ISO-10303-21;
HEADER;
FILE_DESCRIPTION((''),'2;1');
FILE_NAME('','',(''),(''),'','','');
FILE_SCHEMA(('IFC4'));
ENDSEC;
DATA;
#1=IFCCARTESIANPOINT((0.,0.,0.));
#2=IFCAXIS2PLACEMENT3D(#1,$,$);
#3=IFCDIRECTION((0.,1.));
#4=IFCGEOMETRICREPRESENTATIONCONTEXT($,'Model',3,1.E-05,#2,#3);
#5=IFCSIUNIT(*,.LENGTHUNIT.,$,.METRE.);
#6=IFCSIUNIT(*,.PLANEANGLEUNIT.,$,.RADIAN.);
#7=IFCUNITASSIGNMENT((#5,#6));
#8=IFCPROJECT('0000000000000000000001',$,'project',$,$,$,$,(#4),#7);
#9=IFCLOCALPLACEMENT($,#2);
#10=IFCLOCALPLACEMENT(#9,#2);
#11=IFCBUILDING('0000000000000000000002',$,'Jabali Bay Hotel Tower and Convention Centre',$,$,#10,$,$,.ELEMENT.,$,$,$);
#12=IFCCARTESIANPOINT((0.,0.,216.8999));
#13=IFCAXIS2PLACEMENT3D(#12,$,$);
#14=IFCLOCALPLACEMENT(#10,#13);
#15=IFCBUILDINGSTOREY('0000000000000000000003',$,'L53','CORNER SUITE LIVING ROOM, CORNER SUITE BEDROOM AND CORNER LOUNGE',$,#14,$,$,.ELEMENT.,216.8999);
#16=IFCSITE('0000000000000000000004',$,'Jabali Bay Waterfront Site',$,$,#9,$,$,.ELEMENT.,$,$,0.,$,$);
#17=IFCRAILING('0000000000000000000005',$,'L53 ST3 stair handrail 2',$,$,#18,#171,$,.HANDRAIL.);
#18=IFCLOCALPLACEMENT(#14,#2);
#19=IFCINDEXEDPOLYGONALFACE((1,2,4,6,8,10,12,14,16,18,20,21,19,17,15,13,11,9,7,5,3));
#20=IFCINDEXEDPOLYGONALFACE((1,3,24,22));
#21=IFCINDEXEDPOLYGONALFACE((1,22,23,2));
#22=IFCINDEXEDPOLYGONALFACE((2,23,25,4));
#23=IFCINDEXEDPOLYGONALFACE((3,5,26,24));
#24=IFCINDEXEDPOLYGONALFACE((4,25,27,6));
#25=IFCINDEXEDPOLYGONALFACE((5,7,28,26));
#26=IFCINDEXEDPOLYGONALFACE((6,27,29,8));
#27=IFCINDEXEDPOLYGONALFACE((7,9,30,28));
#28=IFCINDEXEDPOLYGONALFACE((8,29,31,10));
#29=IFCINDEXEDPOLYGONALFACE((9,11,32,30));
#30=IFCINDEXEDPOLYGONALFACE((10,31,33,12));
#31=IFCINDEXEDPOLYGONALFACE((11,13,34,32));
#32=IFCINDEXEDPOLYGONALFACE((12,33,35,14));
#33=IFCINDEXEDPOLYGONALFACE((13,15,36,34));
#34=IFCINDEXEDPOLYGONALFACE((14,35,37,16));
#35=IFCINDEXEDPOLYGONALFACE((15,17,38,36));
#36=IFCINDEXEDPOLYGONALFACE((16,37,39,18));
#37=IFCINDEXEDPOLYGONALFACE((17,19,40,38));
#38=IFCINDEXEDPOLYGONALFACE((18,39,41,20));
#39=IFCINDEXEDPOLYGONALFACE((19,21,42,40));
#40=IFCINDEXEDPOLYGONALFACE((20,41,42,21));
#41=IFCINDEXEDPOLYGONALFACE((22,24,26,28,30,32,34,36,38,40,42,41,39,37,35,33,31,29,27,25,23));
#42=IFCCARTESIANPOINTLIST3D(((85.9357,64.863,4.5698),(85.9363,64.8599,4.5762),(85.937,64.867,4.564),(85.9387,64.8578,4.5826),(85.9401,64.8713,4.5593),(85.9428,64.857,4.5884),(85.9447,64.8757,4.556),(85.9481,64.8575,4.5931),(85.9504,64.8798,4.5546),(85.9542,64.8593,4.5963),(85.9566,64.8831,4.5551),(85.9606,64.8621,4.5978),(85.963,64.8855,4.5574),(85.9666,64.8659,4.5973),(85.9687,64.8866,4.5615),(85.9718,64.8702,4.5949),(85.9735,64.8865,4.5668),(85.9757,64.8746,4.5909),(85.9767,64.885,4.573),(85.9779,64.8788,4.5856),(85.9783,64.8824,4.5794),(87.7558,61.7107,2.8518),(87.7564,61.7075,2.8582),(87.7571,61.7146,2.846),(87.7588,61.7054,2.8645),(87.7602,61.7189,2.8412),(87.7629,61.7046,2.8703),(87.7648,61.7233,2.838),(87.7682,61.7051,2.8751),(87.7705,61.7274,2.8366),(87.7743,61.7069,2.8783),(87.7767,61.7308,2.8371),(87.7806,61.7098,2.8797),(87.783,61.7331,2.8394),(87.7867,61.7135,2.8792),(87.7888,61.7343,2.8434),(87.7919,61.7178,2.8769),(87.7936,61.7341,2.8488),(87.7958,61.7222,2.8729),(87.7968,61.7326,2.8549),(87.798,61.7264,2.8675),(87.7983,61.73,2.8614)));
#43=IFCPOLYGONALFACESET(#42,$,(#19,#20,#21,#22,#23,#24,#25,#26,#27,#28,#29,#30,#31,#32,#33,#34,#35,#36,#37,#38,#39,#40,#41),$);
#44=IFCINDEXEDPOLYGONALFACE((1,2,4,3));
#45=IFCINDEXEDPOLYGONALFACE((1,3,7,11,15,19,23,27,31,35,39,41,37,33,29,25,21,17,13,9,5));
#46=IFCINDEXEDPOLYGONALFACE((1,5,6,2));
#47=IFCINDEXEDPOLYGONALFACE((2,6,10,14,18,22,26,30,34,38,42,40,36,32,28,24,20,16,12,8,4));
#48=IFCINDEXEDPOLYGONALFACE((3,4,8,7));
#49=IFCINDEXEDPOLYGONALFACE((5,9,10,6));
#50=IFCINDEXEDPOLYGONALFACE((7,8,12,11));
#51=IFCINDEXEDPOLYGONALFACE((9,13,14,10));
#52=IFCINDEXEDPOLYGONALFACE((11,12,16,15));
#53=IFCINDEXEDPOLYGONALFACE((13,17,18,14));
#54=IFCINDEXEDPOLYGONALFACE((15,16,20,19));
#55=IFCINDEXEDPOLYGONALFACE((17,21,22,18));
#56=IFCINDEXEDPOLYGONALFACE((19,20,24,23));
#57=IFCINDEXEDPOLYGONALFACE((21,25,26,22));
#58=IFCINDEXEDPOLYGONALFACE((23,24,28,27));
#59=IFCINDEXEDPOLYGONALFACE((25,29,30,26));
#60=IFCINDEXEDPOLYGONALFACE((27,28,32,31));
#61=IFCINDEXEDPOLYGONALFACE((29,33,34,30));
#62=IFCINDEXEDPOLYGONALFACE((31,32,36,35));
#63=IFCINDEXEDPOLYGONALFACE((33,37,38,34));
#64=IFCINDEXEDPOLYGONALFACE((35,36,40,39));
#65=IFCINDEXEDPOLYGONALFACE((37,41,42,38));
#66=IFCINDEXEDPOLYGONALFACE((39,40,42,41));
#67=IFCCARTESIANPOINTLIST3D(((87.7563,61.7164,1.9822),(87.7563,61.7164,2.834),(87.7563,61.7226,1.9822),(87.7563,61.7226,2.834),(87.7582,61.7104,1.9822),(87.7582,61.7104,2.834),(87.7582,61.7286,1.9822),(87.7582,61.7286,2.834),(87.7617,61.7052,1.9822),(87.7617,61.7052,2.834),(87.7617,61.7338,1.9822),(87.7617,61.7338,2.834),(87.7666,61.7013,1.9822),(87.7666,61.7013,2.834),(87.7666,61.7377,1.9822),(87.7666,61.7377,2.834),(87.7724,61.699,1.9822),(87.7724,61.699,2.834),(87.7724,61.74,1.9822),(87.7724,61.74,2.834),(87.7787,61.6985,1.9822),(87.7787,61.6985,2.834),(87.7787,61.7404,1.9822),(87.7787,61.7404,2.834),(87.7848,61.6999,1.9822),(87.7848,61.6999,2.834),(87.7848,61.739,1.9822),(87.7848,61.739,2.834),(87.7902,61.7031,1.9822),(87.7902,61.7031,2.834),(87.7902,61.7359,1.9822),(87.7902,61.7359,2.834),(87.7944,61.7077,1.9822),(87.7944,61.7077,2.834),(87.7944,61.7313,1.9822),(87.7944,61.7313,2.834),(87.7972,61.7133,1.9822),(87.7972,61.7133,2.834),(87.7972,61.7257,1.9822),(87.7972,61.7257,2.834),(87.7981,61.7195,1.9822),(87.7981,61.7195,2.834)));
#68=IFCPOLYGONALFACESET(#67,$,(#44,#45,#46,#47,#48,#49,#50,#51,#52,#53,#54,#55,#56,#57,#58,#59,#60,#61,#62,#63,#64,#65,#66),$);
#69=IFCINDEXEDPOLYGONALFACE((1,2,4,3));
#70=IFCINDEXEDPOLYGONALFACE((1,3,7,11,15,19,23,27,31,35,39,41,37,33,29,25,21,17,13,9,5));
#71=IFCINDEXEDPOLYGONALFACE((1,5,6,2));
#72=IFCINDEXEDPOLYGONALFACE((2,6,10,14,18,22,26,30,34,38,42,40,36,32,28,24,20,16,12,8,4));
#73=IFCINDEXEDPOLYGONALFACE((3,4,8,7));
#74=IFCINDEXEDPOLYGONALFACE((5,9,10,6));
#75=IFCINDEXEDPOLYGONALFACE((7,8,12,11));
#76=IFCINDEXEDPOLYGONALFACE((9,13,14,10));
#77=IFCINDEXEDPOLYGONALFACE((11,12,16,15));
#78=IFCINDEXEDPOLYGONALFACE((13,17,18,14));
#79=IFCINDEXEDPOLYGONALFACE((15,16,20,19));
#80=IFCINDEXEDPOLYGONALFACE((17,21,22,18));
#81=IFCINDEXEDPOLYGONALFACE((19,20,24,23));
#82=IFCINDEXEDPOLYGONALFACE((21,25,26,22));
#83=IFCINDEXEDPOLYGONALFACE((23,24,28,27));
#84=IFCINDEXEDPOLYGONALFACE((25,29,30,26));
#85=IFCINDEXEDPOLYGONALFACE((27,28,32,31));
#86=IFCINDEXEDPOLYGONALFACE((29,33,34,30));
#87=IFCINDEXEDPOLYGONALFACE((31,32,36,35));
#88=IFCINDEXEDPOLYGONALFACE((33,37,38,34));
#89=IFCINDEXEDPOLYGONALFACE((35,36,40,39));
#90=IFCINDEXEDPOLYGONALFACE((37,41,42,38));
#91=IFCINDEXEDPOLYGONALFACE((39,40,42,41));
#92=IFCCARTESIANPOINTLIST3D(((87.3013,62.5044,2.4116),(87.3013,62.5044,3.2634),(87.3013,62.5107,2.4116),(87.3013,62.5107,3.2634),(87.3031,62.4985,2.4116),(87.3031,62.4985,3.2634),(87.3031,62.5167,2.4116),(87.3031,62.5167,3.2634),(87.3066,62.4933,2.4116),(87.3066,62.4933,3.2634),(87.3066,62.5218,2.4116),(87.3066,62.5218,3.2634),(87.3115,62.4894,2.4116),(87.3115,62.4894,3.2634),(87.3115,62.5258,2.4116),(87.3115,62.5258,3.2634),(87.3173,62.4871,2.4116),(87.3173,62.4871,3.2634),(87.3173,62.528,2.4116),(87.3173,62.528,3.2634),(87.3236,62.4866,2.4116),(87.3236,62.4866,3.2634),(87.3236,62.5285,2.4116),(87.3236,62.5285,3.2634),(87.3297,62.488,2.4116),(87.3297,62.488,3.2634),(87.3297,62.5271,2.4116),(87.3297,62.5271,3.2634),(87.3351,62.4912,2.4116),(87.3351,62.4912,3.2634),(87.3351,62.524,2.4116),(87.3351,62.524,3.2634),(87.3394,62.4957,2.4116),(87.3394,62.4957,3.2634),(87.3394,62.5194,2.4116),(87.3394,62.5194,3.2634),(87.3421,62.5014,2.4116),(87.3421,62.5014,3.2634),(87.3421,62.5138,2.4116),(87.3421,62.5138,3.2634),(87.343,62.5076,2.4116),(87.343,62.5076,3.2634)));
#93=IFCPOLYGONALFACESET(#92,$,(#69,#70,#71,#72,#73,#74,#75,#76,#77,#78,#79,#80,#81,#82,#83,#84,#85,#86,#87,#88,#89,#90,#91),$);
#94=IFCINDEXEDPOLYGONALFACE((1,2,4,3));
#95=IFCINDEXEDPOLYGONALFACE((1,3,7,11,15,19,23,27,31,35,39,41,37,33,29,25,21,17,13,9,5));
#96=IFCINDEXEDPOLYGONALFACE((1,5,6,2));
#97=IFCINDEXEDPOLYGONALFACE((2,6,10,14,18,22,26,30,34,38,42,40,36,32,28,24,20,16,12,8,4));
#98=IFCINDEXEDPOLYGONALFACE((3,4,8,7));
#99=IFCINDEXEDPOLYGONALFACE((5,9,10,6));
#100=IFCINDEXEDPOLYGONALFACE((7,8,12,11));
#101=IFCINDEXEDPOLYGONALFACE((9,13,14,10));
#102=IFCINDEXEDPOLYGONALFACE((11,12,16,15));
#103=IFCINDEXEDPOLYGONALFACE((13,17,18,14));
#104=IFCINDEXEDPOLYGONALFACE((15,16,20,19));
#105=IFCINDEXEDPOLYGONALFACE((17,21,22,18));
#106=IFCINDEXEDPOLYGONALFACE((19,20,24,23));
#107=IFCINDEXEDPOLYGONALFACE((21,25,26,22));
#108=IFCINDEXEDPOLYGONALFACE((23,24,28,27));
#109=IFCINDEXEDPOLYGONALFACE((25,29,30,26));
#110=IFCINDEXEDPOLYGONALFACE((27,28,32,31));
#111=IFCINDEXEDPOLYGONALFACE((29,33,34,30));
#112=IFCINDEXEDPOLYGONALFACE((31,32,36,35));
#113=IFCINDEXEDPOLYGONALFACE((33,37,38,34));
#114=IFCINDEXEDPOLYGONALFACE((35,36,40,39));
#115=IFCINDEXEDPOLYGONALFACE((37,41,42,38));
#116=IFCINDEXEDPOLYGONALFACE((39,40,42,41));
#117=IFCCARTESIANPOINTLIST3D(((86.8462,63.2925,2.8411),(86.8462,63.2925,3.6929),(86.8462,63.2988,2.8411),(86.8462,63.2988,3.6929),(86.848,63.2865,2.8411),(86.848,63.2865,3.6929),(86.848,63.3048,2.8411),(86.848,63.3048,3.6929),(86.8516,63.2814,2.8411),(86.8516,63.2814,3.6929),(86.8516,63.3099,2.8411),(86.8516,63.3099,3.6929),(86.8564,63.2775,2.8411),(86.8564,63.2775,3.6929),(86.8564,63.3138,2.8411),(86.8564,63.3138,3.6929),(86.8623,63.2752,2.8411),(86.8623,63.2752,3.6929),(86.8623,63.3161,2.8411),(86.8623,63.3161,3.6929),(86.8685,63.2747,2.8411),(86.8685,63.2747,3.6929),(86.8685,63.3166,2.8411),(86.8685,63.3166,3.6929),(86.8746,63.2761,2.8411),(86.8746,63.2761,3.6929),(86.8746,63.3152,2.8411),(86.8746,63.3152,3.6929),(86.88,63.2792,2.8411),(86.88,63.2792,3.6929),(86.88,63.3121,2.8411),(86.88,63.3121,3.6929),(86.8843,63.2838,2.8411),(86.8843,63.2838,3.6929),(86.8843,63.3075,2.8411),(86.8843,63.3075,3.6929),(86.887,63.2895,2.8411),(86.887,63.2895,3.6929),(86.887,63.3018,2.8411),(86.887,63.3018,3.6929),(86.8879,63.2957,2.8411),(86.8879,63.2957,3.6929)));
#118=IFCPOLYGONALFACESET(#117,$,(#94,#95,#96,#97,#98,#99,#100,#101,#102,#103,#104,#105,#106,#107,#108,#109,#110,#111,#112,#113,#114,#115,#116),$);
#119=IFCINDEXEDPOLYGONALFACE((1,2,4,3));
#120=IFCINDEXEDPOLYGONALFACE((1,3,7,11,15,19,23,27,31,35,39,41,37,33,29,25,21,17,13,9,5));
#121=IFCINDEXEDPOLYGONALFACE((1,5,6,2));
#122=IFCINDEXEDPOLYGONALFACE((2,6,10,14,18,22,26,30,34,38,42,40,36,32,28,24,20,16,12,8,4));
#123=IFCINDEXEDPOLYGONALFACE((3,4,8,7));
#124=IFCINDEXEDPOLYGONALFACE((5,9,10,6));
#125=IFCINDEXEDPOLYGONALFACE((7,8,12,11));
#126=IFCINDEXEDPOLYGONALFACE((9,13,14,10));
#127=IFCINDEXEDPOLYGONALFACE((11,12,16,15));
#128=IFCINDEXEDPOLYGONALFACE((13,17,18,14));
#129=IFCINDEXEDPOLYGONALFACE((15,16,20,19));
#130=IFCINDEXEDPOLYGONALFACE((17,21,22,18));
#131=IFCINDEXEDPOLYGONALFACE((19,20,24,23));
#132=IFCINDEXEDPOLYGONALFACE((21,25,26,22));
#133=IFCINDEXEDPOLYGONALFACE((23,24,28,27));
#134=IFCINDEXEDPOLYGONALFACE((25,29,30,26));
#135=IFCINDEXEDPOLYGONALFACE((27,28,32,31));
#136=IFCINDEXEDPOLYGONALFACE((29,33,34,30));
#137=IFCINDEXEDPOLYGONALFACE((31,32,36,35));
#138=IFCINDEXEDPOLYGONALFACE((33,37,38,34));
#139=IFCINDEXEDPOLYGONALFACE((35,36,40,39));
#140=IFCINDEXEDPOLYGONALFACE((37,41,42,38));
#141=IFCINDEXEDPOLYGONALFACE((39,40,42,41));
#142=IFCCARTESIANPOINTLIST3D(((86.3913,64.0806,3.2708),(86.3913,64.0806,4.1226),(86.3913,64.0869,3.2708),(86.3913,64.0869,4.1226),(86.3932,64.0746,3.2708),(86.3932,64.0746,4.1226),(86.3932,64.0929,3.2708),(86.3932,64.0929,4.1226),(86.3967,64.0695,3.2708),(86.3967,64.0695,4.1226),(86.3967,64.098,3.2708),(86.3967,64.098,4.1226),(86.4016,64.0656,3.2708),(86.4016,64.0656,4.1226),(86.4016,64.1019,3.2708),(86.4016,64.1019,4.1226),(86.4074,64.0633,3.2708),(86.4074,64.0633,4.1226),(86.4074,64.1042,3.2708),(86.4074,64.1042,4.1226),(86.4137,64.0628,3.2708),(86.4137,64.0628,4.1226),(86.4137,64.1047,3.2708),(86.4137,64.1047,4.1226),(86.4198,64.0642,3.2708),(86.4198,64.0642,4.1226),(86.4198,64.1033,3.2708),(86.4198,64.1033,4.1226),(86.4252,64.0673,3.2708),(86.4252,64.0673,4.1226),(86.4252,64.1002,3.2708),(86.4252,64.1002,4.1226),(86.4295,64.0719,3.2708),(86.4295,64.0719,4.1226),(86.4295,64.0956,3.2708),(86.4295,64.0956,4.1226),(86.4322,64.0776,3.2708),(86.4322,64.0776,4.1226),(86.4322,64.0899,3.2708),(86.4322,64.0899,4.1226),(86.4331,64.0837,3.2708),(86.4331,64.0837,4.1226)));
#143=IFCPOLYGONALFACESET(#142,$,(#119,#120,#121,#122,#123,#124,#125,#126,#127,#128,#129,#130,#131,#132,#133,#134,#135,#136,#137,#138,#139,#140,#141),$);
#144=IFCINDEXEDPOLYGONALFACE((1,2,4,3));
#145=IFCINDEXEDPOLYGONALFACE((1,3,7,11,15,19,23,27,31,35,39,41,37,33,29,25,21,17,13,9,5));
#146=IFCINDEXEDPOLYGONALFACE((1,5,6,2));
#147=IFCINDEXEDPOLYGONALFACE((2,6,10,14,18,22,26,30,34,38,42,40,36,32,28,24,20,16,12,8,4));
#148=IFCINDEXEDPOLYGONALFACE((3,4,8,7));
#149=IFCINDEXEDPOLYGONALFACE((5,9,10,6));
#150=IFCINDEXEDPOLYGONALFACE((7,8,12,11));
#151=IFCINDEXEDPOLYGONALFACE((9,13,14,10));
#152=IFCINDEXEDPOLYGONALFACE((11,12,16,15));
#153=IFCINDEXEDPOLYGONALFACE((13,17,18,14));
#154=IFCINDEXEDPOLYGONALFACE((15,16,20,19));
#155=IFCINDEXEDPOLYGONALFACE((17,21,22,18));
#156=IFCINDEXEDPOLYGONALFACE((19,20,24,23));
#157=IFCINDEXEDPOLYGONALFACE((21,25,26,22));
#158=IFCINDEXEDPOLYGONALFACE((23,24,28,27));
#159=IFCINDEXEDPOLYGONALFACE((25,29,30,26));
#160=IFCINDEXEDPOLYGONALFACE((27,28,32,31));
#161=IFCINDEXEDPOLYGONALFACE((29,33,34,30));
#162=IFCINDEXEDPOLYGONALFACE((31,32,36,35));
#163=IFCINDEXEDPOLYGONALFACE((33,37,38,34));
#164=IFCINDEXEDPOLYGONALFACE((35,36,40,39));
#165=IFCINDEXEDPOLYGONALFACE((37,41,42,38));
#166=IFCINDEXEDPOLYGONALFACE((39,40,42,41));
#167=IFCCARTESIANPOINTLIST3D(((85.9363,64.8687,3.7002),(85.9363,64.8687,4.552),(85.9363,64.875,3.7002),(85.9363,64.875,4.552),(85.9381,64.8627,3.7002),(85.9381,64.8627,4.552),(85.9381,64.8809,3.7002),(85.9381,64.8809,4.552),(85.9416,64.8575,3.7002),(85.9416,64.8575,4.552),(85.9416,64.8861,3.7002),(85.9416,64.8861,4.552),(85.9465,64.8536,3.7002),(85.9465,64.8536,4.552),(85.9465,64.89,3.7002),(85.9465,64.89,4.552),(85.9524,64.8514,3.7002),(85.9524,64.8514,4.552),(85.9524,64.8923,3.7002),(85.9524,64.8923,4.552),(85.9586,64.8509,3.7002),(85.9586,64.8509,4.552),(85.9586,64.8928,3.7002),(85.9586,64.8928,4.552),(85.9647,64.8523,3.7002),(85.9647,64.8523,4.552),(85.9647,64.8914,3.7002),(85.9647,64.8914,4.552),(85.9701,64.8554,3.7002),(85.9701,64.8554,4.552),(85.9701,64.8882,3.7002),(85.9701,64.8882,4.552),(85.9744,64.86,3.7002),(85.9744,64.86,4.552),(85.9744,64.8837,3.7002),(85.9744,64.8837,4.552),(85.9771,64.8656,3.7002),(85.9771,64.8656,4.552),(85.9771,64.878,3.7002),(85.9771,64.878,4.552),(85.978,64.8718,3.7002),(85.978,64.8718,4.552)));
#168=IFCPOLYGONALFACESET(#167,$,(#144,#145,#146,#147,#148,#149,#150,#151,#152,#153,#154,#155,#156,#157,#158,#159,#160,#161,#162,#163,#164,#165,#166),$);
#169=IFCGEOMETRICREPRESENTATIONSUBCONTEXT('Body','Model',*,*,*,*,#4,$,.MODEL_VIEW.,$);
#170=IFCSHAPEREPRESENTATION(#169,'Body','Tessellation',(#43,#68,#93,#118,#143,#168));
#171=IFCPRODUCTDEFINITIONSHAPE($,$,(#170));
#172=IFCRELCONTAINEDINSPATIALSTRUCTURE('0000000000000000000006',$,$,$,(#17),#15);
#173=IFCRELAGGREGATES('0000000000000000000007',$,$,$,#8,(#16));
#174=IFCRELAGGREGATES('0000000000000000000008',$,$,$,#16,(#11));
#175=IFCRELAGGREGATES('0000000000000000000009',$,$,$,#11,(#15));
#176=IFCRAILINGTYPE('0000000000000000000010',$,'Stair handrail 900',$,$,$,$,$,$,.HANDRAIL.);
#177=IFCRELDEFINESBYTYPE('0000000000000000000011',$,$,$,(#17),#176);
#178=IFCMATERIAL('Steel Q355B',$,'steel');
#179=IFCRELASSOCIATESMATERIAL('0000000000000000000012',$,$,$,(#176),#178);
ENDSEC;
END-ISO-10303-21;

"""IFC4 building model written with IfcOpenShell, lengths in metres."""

from ifc_helpers import new_model, si_unit, direction, frame, origin, origin_2d, place, context, subcontext, project, spatial, circle, extrude, material, type_object, element, save


model = new_model("IFC4")

# Units and contexts
model_context = context("Model", 3, precision=1e-05, world=origin(), true_north=direction((0.0, 1.0)))
body_context = subcontext(model_context, "Body", "Model", "MODEL_VIEW")
ifc_project = project(units=[si_unit("LENGTHUNIT", "METRE"), si_unit("PLANEANGLEUNIT", "RADIAN")], contexts=[model_context])

# Site, building, storey
site_placement = place(None, origin())
site = spatial("IfcSite", under=ifc_project, at=site_placement, Name="Jabali Bay Waterfront Site", CompositionType="ELEMENT", RefElevation=0.0)
building_placement = place(site_placement, origin())
building = spatial("IfcBuilding", under=site, at=building_placement, Name="Jabali Bay Hotel Tower and Convention Centre", CompositionType="ELEMENT")
storey_placement = place(building_placement, frame((0.0, 0.0, 216.8999)))
storey = spatial("IfcBuildingStorey", under=building, at=storey_placement, Name="L53", Description="CORNER SUITE LIVING ROOM, CORNER SUITE BEDROOM AND CORNER LOUNGE", CompositionType="ELEMENT", Elevation=216.8999)

# Railing
ifc_material_1 = material(Name="Steel Q355B", Category="steel")
railing_type_1 = type_object("IfcRailingType", Name="Stair handrail 900", PredefinedType="HANDRAIL", material=ifc_material_1)
railing_1_placement = place(storey_placement, frame((87.7771, 61.7195, 1.9822)))
element("IfcRailing", 1, at=railing_1_placement, inside=storey, type_object=railing_type_1, Name="L53 ST3 stair handrail 2", PredefinedType="HANDRAIL", context=body_context, shape_type="SweptSolid", body=[
    extrude(circle(Radius=0.0239, at=origin_2d()), frame((0.0, 0.0, 0.876), z_axis=(-0.452179, 0.78317, 0.426825), x_axis=(-0.866018, -0.500013, 0.0)), (0.0, 0.0, 1.0), 4.0251),
    extrude(circle(Radius=0.021, at=origin_2d()), origin(), (0.0, 0.0, 1.0), 0.8518),
    extrude(circle(Radius=0.021, at=origin_2d()), frame((-0.4551, 0.7881, 0.4294)), (0.0, 0.0, 1.0), 0.8518),
    extrude(circle(Radius=0.021, at=origin_2d()), frame((-0.9102, 1.5762, 0.8589)), (0.0, 0.0, 1.0), 0.8518),
    extrude(circle(Radius=0.021, at=origin_2d()), frame((-1.365, 2.3643, 1.2886)), (0.0, 0.0, 1.0), 0.8518),
    extrude(circle(Radius=0.021, at=origin_2d()), frame((-1.8201, 3.1523, 1.718)), (0.0, 0.0, 1.0), 0.8518),
])

save(model, "model.ifc")
